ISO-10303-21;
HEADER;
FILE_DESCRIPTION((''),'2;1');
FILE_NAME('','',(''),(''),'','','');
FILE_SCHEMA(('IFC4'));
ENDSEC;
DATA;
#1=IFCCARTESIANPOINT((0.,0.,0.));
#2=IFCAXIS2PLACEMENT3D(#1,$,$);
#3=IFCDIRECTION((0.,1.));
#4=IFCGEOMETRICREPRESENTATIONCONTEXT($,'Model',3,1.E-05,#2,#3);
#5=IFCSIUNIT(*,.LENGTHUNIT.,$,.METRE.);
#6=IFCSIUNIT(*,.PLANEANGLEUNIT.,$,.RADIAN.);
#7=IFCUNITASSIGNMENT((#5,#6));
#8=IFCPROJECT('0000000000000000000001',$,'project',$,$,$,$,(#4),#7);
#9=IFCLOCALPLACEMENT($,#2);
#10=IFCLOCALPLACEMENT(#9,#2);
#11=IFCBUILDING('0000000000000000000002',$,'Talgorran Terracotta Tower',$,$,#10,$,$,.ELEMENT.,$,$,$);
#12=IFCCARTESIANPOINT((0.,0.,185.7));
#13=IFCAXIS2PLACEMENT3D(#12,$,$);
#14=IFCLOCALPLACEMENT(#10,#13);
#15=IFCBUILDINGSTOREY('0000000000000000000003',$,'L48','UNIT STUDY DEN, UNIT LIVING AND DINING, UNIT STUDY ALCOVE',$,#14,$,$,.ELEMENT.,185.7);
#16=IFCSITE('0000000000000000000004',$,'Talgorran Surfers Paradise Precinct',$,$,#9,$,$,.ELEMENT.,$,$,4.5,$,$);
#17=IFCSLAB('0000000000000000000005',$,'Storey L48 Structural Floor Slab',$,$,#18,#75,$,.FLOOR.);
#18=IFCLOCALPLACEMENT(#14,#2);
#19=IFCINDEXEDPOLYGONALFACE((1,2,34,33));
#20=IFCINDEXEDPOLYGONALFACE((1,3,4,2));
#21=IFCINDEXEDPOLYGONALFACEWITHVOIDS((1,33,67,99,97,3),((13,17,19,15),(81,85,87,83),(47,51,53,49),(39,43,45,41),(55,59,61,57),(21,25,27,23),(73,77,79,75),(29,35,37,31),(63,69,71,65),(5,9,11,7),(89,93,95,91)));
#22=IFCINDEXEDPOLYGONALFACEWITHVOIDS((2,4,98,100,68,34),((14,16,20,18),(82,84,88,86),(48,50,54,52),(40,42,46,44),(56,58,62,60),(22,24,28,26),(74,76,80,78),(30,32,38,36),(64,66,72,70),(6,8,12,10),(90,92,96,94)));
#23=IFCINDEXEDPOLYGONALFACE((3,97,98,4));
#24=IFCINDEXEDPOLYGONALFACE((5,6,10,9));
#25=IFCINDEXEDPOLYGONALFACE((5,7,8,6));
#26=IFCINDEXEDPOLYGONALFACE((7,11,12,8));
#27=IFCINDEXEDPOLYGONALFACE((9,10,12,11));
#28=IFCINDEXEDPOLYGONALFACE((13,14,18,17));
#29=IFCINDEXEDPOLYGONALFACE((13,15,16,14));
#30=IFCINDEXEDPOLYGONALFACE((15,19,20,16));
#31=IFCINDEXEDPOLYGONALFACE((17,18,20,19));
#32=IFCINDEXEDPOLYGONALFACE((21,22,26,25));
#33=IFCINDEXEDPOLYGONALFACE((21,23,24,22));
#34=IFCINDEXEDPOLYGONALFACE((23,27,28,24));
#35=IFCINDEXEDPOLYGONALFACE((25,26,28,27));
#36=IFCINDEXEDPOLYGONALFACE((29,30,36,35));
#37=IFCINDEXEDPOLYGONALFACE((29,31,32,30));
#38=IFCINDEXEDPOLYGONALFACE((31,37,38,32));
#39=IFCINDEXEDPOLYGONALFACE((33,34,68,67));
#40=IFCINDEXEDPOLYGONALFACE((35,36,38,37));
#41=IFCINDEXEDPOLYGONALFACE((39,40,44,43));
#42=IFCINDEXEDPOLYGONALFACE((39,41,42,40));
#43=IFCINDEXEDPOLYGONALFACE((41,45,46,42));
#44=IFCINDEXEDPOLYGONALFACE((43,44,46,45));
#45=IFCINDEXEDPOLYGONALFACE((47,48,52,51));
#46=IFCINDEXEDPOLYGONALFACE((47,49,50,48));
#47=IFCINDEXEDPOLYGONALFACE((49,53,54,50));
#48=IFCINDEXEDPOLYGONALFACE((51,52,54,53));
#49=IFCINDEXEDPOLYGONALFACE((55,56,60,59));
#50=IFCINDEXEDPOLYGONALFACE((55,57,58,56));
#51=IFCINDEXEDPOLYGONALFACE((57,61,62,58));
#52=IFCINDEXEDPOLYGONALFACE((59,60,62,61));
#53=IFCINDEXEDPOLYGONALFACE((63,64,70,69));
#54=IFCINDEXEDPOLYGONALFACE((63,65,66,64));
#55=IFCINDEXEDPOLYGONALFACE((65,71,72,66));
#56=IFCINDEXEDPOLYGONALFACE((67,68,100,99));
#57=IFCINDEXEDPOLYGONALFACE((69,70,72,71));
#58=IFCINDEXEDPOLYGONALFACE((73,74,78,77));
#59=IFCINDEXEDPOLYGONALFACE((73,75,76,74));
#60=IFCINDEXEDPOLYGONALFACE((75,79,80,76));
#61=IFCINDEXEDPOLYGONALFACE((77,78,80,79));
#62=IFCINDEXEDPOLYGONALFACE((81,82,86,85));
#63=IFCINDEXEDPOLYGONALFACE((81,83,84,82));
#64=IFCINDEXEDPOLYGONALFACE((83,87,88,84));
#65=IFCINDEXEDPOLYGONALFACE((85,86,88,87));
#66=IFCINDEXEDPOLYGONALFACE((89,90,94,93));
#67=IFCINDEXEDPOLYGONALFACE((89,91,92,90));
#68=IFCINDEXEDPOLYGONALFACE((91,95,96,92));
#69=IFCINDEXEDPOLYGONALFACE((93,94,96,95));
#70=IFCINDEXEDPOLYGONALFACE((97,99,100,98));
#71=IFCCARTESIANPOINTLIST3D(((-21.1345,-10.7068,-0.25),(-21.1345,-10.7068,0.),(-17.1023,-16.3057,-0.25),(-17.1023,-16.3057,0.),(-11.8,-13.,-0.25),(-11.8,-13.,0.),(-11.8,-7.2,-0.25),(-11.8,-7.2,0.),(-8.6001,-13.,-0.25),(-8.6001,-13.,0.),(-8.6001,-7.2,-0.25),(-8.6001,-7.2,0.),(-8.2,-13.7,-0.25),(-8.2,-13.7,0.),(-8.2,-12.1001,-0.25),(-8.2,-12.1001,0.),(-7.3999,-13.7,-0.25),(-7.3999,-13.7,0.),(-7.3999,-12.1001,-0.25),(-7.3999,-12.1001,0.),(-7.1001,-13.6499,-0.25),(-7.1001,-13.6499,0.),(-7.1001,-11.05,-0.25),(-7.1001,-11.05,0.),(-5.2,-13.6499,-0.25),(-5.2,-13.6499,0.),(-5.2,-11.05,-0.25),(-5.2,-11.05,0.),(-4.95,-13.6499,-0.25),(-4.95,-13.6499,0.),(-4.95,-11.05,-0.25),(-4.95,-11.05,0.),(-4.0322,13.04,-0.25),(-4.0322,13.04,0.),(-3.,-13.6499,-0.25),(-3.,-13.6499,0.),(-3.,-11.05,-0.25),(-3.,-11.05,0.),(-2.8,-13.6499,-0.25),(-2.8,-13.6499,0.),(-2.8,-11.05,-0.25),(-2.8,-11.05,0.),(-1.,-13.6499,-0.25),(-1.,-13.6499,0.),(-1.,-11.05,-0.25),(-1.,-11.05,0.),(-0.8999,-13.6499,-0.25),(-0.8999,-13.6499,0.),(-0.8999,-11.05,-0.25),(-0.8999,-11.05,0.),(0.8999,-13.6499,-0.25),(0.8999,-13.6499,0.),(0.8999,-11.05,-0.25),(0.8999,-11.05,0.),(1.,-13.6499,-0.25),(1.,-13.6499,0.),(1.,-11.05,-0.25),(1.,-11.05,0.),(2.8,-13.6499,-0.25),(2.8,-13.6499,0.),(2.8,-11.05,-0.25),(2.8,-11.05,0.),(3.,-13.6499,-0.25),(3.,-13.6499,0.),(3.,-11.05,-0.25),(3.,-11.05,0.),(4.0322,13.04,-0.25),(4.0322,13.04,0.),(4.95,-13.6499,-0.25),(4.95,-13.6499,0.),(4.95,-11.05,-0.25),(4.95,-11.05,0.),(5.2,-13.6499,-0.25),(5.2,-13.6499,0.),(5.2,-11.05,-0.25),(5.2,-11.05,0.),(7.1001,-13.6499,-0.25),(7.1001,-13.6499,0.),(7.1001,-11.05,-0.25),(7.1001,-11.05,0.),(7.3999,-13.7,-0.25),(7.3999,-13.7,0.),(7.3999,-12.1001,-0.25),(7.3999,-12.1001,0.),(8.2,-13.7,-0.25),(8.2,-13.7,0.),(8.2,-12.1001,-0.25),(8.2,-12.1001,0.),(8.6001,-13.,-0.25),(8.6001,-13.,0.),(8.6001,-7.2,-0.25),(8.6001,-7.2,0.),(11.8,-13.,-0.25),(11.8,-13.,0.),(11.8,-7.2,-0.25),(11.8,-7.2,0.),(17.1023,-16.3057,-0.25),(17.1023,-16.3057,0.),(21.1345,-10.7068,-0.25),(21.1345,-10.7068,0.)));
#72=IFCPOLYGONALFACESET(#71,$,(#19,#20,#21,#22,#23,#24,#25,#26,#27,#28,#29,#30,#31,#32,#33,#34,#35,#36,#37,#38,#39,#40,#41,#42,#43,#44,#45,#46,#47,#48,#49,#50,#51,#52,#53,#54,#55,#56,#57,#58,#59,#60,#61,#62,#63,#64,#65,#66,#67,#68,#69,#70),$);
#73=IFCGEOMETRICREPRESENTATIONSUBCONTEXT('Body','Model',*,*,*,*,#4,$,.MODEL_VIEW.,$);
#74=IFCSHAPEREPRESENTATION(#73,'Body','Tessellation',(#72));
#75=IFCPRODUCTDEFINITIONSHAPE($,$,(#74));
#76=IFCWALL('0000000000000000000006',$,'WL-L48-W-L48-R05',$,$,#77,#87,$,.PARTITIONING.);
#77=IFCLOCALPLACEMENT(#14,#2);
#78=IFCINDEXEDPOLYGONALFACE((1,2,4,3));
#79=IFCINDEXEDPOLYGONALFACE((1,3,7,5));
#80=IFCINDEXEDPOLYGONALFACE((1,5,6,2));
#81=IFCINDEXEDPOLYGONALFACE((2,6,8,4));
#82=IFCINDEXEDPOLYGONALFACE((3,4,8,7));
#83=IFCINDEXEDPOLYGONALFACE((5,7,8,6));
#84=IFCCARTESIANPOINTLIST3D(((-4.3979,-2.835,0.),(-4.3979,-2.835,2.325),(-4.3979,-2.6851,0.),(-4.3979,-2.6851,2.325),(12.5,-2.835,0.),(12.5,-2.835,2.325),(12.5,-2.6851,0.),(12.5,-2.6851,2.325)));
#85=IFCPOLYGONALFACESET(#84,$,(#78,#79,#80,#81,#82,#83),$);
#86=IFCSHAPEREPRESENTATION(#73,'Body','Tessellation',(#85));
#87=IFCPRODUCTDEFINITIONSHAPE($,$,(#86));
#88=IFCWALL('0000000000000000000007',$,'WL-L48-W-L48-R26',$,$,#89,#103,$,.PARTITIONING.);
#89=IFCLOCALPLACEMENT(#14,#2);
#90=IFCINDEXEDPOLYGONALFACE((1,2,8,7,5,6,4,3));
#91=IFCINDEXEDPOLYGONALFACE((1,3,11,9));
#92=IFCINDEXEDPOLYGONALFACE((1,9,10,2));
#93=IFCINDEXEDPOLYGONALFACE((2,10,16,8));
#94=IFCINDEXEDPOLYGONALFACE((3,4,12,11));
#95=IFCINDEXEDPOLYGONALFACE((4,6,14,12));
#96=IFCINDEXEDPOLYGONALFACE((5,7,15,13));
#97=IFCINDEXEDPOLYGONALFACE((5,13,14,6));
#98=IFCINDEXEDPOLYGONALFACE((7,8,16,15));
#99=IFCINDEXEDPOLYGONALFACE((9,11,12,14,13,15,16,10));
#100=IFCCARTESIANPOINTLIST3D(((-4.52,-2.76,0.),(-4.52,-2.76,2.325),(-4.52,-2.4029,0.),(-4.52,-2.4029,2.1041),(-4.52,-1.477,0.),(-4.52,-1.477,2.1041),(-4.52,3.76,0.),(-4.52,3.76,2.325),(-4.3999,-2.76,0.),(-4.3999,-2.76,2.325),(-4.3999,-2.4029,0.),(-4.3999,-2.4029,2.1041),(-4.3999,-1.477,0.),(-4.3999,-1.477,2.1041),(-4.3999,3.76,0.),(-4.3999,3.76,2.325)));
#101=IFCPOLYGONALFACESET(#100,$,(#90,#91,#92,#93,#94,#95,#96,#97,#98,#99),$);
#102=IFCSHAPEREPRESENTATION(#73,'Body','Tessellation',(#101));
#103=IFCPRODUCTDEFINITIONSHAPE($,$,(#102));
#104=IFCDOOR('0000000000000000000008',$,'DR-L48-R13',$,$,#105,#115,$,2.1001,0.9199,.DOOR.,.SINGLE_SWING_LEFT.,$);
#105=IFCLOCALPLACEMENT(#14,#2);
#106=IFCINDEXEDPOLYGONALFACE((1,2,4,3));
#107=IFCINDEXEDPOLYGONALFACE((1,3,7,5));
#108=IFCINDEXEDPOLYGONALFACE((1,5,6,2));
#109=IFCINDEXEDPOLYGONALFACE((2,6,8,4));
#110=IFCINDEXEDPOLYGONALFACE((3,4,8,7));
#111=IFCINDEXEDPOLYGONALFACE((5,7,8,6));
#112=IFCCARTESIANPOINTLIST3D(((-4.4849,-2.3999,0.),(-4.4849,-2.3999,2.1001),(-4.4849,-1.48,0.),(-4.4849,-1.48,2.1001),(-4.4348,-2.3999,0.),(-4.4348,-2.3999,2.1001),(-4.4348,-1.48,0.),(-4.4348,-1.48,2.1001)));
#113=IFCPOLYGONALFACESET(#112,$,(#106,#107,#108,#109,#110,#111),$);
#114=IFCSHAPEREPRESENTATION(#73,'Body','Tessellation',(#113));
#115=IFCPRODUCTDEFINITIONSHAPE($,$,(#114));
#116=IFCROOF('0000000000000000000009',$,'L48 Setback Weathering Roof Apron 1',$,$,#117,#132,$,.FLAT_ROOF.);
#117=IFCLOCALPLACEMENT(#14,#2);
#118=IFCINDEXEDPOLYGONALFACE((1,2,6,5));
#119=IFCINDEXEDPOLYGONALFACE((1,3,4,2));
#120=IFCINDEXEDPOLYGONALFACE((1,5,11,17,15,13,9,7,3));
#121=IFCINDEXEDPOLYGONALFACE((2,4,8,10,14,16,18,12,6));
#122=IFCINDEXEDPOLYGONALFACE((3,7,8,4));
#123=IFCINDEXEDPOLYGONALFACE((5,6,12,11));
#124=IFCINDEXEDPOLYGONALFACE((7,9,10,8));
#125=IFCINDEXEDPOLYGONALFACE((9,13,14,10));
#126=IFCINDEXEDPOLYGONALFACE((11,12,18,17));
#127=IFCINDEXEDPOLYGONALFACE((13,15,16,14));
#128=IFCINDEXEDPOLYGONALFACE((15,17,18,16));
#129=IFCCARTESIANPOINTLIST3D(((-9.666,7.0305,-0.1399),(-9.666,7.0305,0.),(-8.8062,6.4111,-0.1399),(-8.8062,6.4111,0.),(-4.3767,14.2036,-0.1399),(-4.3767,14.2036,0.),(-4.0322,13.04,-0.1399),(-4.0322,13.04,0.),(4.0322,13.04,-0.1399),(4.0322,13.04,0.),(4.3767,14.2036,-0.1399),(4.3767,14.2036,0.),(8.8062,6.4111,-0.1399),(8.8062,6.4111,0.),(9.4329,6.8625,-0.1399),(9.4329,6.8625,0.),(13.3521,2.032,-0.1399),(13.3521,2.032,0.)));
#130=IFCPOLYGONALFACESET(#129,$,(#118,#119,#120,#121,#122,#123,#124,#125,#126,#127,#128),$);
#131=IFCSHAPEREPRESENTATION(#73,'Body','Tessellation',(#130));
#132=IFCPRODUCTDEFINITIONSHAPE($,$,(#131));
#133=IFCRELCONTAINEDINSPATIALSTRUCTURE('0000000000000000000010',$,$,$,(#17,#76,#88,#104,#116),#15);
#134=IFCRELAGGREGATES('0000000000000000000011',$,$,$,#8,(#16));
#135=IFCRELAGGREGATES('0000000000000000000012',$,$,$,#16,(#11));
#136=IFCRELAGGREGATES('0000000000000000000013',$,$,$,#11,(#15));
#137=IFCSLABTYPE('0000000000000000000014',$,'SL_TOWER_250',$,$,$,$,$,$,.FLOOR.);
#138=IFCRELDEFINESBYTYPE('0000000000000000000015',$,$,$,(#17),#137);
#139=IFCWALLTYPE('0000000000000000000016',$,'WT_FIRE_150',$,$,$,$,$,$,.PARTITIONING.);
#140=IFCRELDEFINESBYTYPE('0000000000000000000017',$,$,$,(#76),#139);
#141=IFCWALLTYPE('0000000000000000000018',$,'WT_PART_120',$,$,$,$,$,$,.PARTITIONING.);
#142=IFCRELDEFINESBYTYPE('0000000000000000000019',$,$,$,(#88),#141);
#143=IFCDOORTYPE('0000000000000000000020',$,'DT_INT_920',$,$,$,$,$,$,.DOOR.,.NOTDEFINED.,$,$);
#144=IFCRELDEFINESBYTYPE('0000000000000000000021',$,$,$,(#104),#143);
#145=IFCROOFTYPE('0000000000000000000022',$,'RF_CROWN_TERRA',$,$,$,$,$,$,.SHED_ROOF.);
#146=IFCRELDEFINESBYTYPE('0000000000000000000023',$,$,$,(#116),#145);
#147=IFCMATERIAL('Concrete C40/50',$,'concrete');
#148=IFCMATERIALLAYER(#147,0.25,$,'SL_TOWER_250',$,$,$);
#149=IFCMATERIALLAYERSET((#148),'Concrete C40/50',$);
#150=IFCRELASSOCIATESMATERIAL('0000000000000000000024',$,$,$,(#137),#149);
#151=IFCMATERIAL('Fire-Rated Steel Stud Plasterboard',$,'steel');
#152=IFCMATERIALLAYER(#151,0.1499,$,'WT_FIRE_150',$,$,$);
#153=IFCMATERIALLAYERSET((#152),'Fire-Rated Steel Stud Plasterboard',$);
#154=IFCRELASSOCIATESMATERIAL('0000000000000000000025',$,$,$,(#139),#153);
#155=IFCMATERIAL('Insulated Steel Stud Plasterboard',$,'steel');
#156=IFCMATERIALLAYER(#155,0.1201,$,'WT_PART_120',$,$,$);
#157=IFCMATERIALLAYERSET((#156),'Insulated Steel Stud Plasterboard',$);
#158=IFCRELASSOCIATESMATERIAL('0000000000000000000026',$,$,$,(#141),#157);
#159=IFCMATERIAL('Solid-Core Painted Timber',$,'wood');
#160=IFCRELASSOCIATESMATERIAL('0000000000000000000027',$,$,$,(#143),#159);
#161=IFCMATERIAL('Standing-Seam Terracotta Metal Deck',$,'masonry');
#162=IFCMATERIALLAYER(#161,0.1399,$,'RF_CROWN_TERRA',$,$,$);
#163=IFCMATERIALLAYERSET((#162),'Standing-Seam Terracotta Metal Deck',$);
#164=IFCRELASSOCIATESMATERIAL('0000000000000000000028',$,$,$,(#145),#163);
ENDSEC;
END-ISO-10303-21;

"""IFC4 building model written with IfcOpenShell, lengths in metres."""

from ifc_helpers import new_model, si_unit, direction, frame, frame_2d, origin, place, context, subcontext, project, spatial, polyline, rectangle, outline, extrude, material, layer, layer_set, type_object, element, fill, save


model = new_model("IFC4")

# Units and contexts
model_context = context("Model", 3, precision=1e-05, world=origin(), true_north=direction((0.0, 1.0)))
body_context = subcontext(model_context, "Body", "Model", "MODEL_VIEW")
ifc_project = project(units=[si_unit("LENGTHUNIT", "METRE"), si_unit("PLANEANGLEUNIT", "RADIAN")], contexts=[model_context])

# Site, building, storey
site_placement = place(None, origin())
site = spatial("IfcSite", under=ifc_project, at=site_placement, Name="Talgorran Surfers Paradise Precinct", CompositionType="ELEMENT", RefElevation=4.5)
building_placement = place(site_placement, origin())
building = spatial("IfcBuilding", under=site, at=building_placement, Name="Talgorran Terracotta Tower", CompositionType="ELEMENT")
storey_placement = place(building_placement, frame((0.0, 0.0, 185.7)))
storey = spatial("IfcBuildingStorey", under=building, at=storey_placement, Name="L48", Description="UNIT STUDY DEN, UNIT LIVING AND DINING, UNIT STUDY ALCOVE", CompositionType="ELEMENT", Elevation=185.7)

# Slab
ifc_material_1 = material(Name="Concrete C40/50", Category="concrete")
ifc_layer_1 = layer(ifc_material_1, 0.25, Name="SL_TOWER_250")
ifc_layer_set_1 = layer_set([ifc_layer_1], Name="Concrete C40/50")
slab_type_1 = type_object("IfcSlabType", Name="SL_TOWER_250", PredefinedType="FLOOR", material=ifc_layer_set_1)
slab_1_placement = place(storey_placement, frame((0.0, 0.0, -0.25)))
element("IfcSlab", 1, at=slab_1_placement, inside=storey, type_object=slab_type_1, Name="Storey L48 Structural Floor Slab", PredefinedType="FLOOR", context=body_context, shape_type="SweptSolid", body=[
    extrude(outline(polyline([(-21.1345, -10.7068), (-17.1023, -16.3057), (17.1023, -16.3057), (21.1345, -10.7068), (4.0322, 13.04), (-4.0322, 13.04), (-21.1345, -10.7068)]), holes=[polyline([(-11.8, -7.2), (-11.8, -13.0), (-8.6001, -13.0), (-8.6001, -7.2), (-11.8, -7.2)]), polyline([(8.6001, -7.2), (8.6001, -13.0), (11.8, -13.0), (11.8, -7.2), (8.6001, -7.2)]), polyline([(-7.1001, -13.6499), (-5.2, -13.6499), (-5.2, -11.05), (-7.1001, -11.05), (-7.1001, -13.6499)]), polyline([(5.2, -13.6499), (7.1001, -13.6499), (7.1001, -11.05), (5.2, -11.05), (5.2, -13.6499)]), polyline([(3.0, -13.6499), (4.95, -13.6499), (4.95, -11.05), (3.0, -11.05), (3.0, -13.6499)]), polyline([(-4.95, -13.6499), (-3.0, -13.6499), (-3.0, -11.05), (-4.95, -11.05), (-4.95, -13.6499)]), polyline([(-2.8, -13.6499), (-1.0, -13.6499), (-1.0, -11.05), (-2.8, -11.05), (-2.8, -13.6499)]), polyline([(-0.8999, -13.6499), (0.8999, -13.6499), (0.8999, -11.05), (-0.8999, -11.05), (-0.8999, -13.6499)]), polyline([(1.0, -13.6499), (2.8, -13.6499), (2.8, -11.05), (1.0, -11.05), (1.0, -13.6499)]), polyline([(-8.2, -13.7), (-7.3999, -13.7), (-7.3999, -12.1001), (-8.2, -12.1001), (-8.2, -13.7)]), polyline([(7.3999, -13.7), (8.2, -13.7), (8.2, -12.1001), (7.3999, -12.1001), (7.3999, -13.7)])]), origin(), (0.0, 0.0, 1.0), 0.25),
])

# Wall
ifc_material_2 = material(Name="Fire-Rated Steel Stud Plasterboard", Category="steel")
ifc_layer_2 = layer(ifc_material_2, 0.1499, Name="WT_FIRE_150")
ifc_layer_set_2 = layer_set([ifc_layer_2], Name="Fire-Rated Steel Stud Plasterboard")
wall_type_1 = type_object("IfcWallType", Name="WT_FIRE_150", PredefinedType="PARTITIONING", material=ifc_layer_set_2)
wall_1_placement = place(storey_placement, frame((-4.3979, -2.76, 0.0), z_axis=(0.0, 0.0, 1.0), x_axis=(1.0, 0.0, 0.0)))
element("IfcWall", 2, at=wall_1_placement, inside=storey, type_object=wall_type_1, Name="WL-L48-W-L48-R05", PredefinedType="PARTITIONING", context=body_context, shape_type="SweptSolid", body=[
    extrude(rectangle(XDim=16.8979, YDim=0.1499, at=frame_2d((8.449, 0.0))), origin(), (0.0, 0.0, 1.0), 2.325),
])

# Wall, opening, door
ifc_material_3 = material(Name="Insulated Steel Stud Plasterboard", Category="steel")
ifc_layer_3 = layer(ifc_material_3, 0.1201, Name="WT_PART_120")
ifc_layer_set_3 = layer_set([ifc_layer_3], Name="Insulated Steel Stud Plasterboard")
wall_type_2 = type_object("IfcWallType", Name="WT_PART_120", PredefinedType="PARTITIONING", material=ifc_layer_set_3)
wall_2_placement = place(storey_placement, frame((-4.46, -2.76, 0.0), z_axis=(0.0, 0.0, 1.0), x_axis=(0.0, 1.0, 0.0)))
wall_2 = element("IfcWall", 3, at=wall_2_placement, inside=storey, type_object=wall_type_2, Name="WL-L48-W-L48-R26", PredefinedType="PARTITIONING", context=body_context, shape_type="SweptSolid", body=[
    extrude(rectangle(XDim=6.52, YDim=0.1201, at=frame_2d((3.26, 0.0))), origin(), (0.0, 0.0, 1.0), 2.325),
])
opening_placement = place(wall_2_placement, frame((0.3601, 0.0, 0.0)))
opening = element("IfcOpeningElement", 4, at=opening_placement, cuts=wall_2, PredefinedType="OPENING", context=body_context, shape_type="SweptSolid", body=[
    extrude(rectangle(XDim=0.9259, YDim=2.1041, at=frame_2d((0.46, 1.052))), frame((0.0, 0.0701, 0.0), z_axis=(0.0, -1.0, 0.0), x_axis=(1.0, 0.0, 0.0)), (0.0, 0.0, 1.0), 0.1401),
])
ifc_material_4 = material(Name="Solid-Core Painted Timber", Category="wood")
door_type = type_object("IfcDoorType", Name="DT_INT_920", OperationType="NOTDEFINED", PredefinedType="DOOR", material=ifc_material_4)
door_placement = place(opening_placement, origin())
door = element("IfcDoor", 5, at=door_placement, inside=storey, type_object=door_type, Name="DR-L48-R13", OperationType="SINGLE_SWING_LEFT", OverallHeight=2.1001, OverallWidth=0.9199, PredefinedType="DOOR", context=body_context, shape_type="SweptSolid", body=[
    extrude(rectangle(XDim=0.9199, YDim=2.1001, at=frame_2d((0.46, 1.05))), frame((0.0, 0.0249, 0.0), z_axis=(0.0, -1.0, 0.0), x_axis=(1.0, 0.0, 0.0)), (0.0, 0.0, 1.0), 0.05),
])
fill(opening, door)

# Roof
ifc_material_5 = material(Name="Standing-Seam Terracotta Metal Deck", Category="masonry")
ifc_layer_4 = layer(ifc_material_5, 0.1399, Name="RF_CROWN_TERRA")
ifc_layer_set_4 = layer_set([ifc_layer_4], Name="Standing-Seam Terracotta Metal Deck")
roof_type = type_object("IfcRoofType", Name="RF_CROWN_TERRA", PredefinedType="SHED_ROOF", material=ifc_layer_set_4)
roof_placement = place(storey_placement, frame((0.0, 0.0, -0.1399)))
element("IfcRoof", 6, at=roof_placement, inside=storey, type_object=roof_type, Name="L48 Setback Weathering Roof Apron 1", PredefinedType="FLAT_ROOF", context=body_context, shape_type="SweptSolid", body=[
    extrude(outline(polyline([(8.8062, 6.4111), (4.0322, 13.04), (-4.0322, 13.04), (-8.8062, 6.4111), (-9.666, 7.0305), (-4.3767, 14.2036), (4.3767, 14.2036), (13.3521, 2.032), (9.4329, 6.8625), (8.8062, 6.4111)])), origin(), (0.0, 0.0, 1.0), 0.1399),
])

save(model, "model.ifc")
